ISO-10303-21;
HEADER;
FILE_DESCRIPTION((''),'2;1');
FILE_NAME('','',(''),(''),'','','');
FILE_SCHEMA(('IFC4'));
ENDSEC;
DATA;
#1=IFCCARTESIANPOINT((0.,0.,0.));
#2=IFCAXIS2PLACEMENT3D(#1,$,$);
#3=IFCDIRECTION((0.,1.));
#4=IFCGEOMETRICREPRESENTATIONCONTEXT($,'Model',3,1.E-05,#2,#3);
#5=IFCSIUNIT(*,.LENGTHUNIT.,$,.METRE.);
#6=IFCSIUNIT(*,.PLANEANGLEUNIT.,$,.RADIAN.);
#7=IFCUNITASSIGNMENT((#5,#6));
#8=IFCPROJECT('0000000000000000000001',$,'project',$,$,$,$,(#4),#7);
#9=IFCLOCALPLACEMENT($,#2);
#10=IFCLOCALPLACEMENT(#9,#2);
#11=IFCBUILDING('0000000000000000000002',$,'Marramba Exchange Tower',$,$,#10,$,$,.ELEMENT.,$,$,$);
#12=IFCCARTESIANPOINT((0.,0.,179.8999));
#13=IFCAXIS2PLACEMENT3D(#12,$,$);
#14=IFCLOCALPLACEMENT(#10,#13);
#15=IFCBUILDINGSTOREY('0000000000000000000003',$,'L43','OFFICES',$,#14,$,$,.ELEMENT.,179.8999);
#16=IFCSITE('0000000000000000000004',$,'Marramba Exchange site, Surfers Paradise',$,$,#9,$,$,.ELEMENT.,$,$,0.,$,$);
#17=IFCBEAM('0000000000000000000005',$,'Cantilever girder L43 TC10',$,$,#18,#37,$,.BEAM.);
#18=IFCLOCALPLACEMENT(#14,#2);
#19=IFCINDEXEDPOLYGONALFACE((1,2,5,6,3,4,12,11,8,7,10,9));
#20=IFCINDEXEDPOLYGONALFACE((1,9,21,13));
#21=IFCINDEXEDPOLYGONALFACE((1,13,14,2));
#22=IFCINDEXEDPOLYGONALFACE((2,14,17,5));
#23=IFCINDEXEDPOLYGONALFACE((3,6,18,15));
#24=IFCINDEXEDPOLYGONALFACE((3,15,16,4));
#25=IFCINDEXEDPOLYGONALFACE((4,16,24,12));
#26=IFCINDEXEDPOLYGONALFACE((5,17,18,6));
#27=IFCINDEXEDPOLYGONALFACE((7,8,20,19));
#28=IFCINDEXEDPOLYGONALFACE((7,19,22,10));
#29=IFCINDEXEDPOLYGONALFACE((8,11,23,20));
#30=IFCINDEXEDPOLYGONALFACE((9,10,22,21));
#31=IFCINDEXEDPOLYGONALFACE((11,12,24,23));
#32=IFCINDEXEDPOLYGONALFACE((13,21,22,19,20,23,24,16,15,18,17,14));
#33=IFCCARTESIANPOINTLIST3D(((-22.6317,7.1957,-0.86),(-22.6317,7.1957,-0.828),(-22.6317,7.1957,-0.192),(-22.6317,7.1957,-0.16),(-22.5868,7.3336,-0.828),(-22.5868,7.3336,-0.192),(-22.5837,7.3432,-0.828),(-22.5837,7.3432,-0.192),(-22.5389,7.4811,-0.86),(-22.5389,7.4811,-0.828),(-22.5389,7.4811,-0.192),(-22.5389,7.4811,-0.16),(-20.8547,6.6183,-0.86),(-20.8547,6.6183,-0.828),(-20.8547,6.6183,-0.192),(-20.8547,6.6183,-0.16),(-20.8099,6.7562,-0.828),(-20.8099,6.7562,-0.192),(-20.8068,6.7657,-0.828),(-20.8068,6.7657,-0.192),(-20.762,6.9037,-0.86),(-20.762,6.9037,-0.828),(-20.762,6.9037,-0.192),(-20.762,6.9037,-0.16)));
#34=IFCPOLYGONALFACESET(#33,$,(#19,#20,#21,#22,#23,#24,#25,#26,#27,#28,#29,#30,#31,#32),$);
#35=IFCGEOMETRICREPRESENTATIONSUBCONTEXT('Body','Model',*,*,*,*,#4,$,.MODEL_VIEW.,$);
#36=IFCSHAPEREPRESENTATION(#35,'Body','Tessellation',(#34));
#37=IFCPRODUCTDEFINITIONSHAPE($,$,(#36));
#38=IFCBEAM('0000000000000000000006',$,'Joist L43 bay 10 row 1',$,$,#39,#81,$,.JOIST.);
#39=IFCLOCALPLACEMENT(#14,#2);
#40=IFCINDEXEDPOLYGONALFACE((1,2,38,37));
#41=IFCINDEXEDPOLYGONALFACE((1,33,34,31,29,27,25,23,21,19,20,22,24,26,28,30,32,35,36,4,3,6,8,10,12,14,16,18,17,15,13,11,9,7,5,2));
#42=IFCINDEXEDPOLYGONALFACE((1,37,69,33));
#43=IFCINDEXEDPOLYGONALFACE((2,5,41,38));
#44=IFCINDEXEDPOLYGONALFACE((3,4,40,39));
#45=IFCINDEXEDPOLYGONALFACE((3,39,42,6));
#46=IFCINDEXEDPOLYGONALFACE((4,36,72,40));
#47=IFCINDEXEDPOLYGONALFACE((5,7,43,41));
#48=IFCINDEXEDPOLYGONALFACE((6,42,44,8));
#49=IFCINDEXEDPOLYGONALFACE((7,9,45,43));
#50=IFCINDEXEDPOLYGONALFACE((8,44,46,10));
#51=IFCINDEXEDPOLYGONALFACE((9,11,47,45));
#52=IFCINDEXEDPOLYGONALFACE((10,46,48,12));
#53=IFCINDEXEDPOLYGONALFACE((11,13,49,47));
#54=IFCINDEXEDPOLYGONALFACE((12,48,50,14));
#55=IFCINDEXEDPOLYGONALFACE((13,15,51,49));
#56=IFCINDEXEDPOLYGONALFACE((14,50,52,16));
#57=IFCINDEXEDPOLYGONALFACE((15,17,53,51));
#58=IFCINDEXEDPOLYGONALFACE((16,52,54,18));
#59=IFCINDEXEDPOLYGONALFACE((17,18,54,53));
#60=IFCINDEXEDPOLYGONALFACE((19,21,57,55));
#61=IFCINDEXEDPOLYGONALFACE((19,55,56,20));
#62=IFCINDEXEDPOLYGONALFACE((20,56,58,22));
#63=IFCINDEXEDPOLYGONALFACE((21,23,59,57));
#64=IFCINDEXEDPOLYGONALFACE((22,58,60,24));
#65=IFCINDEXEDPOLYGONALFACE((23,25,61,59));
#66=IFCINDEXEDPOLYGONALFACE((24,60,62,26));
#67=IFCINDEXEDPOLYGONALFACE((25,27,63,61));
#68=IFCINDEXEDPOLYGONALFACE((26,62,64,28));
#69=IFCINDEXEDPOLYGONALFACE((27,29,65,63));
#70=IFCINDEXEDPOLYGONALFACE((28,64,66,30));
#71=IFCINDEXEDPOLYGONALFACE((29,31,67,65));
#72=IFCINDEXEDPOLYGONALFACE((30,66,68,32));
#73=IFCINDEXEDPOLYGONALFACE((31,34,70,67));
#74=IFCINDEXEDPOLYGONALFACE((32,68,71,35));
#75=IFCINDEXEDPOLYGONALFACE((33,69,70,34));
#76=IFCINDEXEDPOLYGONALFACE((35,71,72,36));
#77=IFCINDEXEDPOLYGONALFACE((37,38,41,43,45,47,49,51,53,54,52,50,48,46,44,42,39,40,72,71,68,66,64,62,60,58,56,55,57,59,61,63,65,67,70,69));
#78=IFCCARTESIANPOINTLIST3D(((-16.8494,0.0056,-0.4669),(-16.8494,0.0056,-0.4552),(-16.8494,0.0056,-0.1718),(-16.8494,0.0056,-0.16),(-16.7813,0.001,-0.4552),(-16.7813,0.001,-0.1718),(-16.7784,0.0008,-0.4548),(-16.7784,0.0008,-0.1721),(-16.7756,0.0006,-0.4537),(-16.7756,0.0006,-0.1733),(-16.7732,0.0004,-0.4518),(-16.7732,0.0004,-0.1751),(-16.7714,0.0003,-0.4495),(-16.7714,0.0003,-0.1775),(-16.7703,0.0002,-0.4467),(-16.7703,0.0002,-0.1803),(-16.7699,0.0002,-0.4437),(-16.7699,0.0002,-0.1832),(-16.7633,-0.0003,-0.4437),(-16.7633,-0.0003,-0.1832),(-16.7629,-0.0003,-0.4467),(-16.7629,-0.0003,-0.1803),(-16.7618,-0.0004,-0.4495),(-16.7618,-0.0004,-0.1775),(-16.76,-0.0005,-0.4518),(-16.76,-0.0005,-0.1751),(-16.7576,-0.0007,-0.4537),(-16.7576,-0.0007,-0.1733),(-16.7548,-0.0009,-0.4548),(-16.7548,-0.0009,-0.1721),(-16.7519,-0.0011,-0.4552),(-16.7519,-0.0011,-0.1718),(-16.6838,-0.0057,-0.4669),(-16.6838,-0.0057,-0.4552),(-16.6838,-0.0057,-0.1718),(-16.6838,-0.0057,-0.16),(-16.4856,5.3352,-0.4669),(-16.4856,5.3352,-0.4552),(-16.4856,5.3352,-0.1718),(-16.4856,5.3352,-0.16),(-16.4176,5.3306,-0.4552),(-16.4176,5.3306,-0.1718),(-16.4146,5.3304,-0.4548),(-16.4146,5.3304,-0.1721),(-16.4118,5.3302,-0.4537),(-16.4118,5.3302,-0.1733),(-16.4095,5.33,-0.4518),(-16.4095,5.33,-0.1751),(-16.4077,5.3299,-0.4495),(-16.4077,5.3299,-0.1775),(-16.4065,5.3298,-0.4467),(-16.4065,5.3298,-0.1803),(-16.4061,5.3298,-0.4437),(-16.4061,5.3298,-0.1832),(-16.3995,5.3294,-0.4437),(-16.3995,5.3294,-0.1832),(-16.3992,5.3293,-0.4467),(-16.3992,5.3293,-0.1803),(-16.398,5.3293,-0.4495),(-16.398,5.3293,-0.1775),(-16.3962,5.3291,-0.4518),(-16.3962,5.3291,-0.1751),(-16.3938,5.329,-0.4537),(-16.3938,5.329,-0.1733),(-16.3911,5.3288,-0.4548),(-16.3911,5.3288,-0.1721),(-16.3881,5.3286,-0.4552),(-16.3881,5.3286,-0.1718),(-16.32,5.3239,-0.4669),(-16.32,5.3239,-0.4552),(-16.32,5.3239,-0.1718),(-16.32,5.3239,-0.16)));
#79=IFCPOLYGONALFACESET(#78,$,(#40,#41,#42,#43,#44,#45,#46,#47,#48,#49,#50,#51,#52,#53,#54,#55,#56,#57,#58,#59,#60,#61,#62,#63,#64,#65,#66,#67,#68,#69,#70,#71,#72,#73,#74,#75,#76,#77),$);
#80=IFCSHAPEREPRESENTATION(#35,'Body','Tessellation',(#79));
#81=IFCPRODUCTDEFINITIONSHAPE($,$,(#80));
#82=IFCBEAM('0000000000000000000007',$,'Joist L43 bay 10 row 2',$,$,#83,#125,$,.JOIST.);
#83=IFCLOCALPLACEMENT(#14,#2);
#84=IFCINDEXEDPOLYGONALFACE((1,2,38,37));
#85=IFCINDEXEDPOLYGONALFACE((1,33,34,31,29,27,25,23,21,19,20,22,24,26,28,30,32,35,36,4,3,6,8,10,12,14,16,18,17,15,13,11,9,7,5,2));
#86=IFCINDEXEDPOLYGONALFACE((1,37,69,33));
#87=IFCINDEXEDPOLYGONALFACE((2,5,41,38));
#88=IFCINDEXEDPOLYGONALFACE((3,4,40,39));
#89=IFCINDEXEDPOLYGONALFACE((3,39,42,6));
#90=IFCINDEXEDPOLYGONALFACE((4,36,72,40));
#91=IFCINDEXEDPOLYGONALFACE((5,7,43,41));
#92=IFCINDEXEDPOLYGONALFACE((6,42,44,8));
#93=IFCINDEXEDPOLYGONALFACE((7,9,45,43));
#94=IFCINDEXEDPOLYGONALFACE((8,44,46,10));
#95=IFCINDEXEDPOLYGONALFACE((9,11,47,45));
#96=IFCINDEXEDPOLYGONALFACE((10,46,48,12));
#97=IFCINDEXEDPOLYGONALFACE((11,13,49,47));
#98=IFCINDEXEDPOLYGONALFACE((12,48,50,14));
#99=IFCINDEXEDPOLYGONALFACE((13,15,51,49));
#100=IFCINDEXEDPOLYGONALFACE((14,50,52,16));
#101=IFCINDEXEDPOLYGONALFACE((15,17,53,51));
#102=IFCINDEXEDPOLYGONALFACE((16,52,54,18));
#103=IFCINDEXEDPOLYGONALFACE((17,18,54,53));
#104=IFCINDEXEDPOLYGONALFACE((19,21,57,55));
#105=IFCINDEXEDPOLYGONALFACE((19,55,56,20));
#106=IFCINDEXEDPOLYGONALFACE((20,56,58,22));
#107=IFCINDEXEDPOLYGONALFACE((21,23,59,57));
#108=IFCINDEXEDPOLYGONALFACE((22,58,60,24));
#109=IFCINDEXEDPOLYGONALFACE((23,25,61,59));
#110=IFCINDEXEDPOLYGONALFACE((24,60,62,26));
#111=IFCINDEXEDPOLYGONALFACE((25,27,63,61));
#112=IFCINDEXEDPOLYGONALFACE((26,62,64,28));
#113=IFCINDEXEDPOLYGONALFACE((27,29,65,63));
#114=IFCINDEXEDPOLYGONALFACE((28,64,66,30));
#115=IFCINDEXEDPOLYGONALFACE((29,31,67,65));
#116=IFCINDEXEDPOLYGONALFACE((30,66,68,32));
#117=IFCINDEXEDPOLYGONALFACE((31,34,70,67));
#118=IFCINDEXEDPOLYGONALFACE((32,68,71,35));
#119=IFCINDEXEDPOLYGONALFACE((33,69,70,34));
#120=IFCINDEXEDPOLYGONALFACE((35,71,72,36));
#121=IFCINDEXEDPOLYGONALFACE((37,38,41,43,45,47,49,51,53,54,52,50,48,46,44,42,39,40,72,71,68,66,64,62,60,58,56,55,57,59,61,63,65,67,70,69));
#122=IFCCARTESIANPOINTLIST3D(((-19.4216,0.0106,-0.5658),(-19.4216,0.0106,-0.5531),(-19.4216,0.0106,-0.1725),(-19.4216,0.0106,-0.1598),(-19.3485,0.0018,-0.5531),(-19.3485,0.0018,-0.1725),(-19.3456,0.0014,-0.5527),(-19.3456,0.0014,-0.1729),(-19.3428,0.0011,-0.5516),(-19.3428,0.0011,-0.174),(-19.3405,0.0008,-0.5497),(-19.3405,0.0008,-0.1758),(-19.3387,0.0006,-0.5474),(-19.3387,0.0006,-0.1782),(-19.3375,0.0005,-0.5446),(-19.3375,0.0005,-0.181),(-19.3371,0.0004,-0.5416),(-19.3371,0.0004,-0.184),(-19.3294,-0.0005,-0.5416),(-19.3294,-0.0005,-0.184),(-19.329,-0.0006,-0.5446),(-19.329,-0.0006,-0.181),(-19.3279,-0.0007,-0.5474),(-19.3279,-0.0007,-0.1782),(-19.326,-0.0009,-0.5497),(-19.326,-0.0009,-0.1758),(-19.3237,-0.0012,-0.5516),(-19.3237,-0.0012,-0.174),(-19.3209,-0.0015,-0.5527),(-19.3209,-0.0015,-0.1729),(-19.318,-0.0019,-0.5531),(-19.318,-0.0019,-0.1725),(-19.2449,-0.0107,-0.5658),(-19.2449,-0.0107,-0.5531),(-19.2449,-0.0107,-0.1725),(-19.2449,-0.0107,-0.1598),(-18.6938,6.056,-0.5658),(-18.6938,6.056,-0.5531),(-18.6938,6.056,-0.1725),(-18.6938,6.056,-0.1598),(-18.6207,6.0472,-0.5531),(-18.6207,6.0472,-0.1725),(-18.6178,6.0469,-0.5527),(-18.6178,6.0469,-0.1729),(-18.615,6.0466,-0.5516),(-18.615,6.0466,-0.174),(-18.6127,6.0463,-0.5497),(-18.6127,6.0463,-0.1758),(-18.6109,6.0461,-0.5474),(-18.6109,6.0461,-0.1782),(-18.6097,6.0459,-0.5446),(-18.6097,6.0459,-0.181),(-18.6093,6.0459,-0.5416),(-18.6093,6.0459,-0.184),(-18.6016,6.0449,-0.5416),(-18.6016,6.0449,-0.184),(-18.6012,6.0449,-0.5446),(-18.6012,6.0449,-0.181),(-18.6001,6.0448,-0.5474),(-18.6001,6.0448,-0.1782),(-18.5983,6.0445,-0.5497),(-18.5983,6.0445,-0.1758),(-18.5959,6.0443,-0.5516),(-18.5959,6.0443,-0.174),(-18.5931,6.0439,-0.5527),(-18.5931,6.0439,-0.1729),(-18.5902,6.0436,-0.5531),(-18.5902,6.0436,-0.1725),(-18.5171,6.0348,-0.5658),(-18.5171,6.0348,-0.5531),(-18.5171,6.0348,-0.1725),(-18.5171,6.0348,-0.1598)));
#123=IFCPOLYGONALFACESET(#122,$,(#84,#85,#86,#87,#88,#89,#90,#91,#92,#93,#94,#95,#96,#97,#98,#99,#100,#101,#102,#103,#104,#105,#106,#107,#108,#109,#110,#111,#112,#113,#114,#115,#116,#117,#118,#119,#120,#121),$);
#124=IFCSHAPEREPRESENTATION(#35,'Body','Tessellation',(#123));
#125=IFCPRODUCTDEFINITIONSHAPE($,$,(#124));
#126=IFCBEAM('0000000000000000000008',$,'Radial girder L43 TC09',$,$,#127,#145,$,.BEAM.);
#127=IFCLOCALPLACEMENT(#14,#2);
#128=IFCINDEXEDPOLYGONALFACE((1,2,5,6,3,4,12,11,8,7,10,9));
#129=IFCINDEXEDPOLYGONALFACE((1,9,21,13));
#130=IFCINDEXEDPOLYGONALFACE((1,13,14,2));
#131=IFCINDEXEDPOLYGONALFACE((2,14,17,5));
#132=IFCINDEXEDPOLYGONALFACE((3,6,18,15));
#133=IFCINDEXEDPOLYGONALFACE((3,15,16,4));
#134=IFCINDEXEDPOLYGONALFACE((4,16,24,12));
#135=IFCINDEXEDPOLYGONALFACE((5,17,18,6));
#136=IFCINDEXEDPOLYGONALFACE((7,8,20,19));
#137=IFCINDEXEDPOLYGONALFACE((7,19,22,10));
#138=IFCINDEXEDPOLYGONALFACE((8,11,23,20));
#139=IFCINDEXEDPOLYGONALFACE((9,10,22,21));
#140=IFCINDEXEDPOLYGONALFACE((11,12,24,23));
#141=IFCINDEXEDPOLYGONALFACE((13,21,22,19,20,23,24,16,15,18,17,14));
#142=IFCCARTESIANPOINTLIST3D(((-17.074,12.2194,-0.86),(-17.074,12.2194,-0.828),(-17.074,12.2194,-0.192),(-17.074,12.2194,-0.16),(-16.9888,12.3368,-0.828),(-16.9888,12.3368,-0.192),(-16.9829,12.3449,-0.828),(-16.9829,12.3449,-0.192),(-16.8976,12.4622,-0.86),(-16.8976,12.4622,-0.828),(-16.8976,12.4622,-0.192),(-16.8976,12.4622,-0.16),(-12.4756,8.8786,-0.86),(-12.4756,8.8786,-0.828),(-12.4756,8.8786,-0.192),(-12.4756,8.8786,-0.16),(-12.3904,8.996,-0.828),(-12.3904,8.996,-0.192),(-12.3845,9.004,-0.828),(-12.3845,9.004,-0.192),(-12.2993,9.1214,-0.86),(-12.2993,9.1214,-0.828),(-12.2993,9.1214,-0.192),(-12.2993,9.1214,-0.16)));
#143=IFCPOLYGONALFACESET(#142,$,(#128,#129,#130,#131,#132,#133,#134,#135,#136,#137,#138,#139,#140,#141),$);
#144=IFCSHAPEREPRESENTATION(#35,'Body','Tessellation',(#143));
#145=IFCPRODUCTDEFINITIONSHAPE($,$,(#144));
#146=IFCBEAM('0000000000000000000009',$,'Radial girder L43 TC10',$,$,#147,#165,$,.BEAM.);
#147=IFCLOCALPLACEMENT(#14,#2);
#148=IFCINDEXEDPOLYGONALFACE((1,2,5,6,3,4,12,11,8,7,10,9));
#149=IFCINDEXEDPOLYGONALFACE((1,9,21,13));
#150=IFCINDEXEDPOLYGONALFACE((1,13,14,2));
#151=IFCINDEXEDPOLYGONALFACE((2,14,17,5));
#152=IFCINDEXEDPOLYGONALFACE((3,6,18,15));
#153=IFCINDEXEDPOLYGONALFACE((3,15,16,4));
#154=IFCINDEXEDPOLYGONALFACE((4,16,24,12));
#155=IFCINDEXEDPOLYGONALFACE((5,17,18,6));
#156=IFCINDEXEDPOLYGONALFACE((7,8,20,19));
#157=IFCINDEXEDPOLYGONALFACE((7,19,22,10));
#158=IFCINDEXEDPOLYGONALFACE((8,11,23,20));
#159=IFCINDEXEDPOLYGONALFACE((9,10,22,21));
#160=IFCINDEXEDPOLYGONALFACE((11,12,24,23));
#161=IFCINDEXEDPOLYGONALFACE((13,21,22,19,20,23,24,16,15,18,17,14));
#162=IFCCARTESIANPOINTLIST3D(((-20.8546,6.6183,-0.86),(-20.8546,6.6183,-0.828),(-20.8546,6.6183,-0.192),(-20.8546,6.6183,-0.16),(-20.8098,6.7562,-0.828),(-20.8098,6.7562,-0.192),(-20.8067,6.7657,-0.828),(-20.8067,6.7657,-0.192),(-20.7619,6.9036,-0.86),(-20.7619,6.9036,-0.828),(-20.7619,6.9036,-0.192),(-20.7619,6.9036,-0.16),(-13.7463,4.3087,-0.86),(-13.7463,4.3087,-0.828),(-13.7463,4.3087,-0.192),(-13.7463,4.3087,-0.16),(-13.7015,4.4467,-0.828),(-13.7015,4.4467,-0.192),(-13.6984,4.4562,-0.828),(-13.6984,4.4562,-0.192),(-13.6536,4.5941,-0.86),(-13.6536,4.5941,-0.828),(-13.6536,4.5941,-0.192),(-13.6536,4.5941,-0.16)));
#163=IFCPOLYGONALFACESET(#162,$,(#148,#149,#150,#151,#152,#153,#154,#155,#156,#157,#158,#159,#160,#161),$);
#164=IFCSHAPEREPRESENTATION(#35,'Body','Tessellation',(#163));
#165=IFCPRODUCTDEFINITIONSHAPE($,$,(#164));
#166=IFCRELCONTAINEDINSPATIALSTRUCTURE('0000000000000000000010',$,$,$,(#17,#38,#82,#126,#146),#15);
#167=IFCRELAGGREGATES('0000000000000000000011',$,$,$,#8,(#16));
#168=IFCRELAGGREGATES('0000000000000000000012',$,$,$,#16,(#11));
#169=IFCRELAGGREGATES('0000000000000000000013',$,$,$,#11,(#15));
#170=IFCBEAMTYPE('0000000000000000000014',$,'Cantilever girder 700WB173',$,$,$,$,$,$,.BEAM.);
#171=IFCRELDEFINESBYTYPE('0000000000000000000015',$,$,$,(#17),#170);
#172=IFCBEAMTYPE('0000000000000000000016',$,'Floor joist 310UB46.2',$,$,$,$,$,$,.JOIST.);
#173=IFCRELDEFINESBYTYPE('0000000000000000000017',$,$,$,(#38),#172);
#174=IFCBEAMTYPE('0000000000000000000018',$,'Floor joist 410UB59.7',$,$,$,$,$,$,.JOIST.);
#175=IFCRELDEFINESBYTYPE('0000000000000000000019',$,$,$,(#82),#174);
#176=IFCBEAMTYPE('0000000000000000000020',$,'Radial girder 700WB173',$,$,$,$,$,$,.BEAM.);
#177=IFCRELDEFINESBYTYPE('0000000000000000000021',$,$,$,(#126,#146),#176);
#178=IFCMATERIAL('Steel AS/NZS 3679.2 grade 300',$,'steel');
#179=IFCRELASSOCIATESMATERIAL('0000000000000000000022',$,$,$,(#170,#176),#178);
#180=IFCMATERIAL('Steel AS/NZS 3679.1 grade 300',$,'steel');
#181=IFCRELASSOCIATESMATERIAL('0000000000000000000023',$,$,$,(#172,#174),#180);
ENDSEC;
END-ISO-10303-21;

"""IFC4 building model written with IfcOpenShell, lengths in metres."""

from ifc_helpers import new_model, si_unit, direction, frame, origin, origin_2d, place, context, subcontext, project, spatial, i_section, extrude, material, material_profile, profile_set, type_object, element, save


model = new_model("IFC4")

# Units and contexts
model_context = context("Model", 3, precision=1e-05, world=origin(), true_north=direction((0.0, 1.0)))
body_context = subcontext(model_context, "Body", "Model", "MODEL_VIEW")
ifc_project = project(units=[si_unit("LENGTHUNIT", "METRE"), si_unit("PLANEANGLEUNIT", "RADIAN")], contexts=[model_context])

# Site, building, storey
site_placement = place(None, origin())
site = spatial("IfcSite", under=ifc_project, at=site_placement, Name="Marramba Exchange site, Surfers Paradise", CompositionType="ELEMENT", RefElevation=0.0)
building_placement = place(site_placement, origin())
building = spatial("IfcBuilding", under=site, at=building_placement, Name="Marramba Exchange Tower", CompositionType="ELEMENT")
storey_placement = place(building_placement, frame((0.0, 0.0, 179.8999)))
storey = spatial("IfcBuildingStorey", under=building, at=storey_placement, Name="L43", Description="OFFICES", CompositionType="ELEMENT", Elevation=179.8999)

# Beams
ifc_material_1 = material(Name="Steel AS/NZS 3679.2 grade 300", Category="steel")
ifc_material_profile_1 = material_profile(ifc_material_1, i_section(OverallWidth=0.3, OverallDepth=0.7, WebThickness=0.01, FlangeThickness=0.032, at=origin_2d()), Name="700WB173")
ifc_profile_set_1 = profile_set([ifc_material_profile_1], Name="Steel AS/NZS 3679.2 grade 300")
beam_type_1 = type_object("IfcBeamType", Name="Cantilever girder 700WB173", PredefinedType="BEAM", material=ifc_profile_set_1)
beam_1_placement = place(storey_placement, frame((-20.8083, 6.761, -0.51), z_axis=(-0.951048, 0.309045, 0.0), x_axis=(-0.309045, -0.951048, 0.0)))
element("IfcBeam", 1, at=beam_1_placement, inside=storey, type_object=beam_type_1, Name="Cantilever girder L43 TC10", PredefinedType="BEAM", context=body_context, shape_type="SweptSolid", body=[
    extrude(i_section(OverallWidth=0.3, OverallDepth=0.7, WebThickness=0.01, FlangeThickness=0.032, at=origin_2d()), origin(), (0.0, 0.0, 1.0), 1.8684),
])
ifc_material_2 = material(Name="Steel AS/NZS 3679.1 grade 300", Category="steel")
ifc_material_profile_2 = material_profile(ifc_material_2, i_section(OverallWidth=0.166, OverallDepth=0.3069, WebThickness=0.0066, FlangeThickness=0.0117, FilletRadius=0.0115, at=origin_2d()), Name="310UB46.2")
ifc_profile_set_2 = profile_set([ifc_material_profile_2], Name="Steel AS/NZS 3679.1 grade 300")
beam_type_2 = type_object("IfcBeamType", Name="Floor joist 310UB46.2", PredefinedType="JOIST", material=ifc_profile_set_2)
beam_2_placement = place(storey_placement, frame((-16.4028, 5.3296, -0.3135), z_axis=(-0.068096, -0.997679, 0.0), x_axis=(0.997679, -0.068096, 0.0)))
element("IfcBeam", 2, at=beam_2_placement, inside=storey, type_object=beam_type_2, Name="Joist L43 bay 10 row 1", PredefinedType="JOIST", context=body_context, shape_type="SweptSolid", body=[
    extrude(i_section(OverallWidth=0.166, OverallDepth=0.3069, WebThickness=0.0066, FlangeThickness=0.0117, FilletRadius=0.0115, at=origin_2d()), origin(), (0.0, 0.0, 1.0), 5.342),
])
ifc_material_profile_3 = material_profile(ifc_material_2, i_section(OverallWidth=0.178, OverallDepth=0.406, WebThickness=0.0078, FlangeThickness=0.0127, FilletRadius=0.0115, at=origin_2d()), Name="410UB59.7")
ifc_profile_set_3 = profile_set([ifc_material_profile_3], Name="Steel AS/NZS 3679.1 grade 300")
beam_type_3 = type_object("IfcBeamType", Name="Floor joist 410UB59.7", PredefinedType="JOIST", material=ifc_profile_set_3)
beam_3_placement = place(storey_placement, frame((-18.6055, 6.0454, -0.3628), z_axis=(-0.119523, -0.992831, 0.0), x_axis=(0.992831, -0.119523, 0.0)))
element("IfcBeam", 3, at=beam_3_placement, inside=storey, type_object=beam_type_3, Name="Joist L43 bay 10 row 2", PredefinedType="JOIST", context=body_context, shape_type="SweptSolid", body=[
    extrude(i_section(OverallWidth=0.178, OverallDepth=0.406, WebThickness=0.0078, FlangeThickness=0.0127, FilletRadius=0.0115, at=origin_2d()), origin(), (0.0, 0.0, 1.0), 6.0891),
])
ifc_material_profile_4 = material_profile(ifc_material_1, i_section(OverallWidth=0.3, OverallDepth=0.7, WebThickness=0.01, FlangeThickness=0.032, at=origin_2d()), Name="700WB173")
ifc_profile_set_4 = profile_set([ifc_material_profile_4], Name="Steel AS/NZS 3679.2 grade 300")
beam_type_4 = type_object("IfcBeamType", Name="Radial girder 700WB173", PredefinedType="BEAM", material=ifc_profile_set_4)
beam_4_placement = place(storey_placement, frame((-12.3875, 9.0, -0.51), z_axis=(-0.809026, 0.587773, 0.0), x_axis=(-0.587773, -0.809026, 0.0)))
element("IfcBeam", 4, at=beam_4_placement, inside=storey, type_object=beam_type_4, Name="Radial girder L43 TC09", PredefinedType="BEAM", context=body_context, shape_type="SweptSolid", body=[
    extrude(i_section(OverallWidth=0.3, OverallDepth=0.7, WebThickness=0.01, FlangeThickness=0.032, at=origin_2d()), origin(), (0.0, 0.0, 1.0), 5.6838),
])
beam_5_placement = place(storey_placement, frame((-13.7, 4.4514, -0.51), z_axis=(-0.95106, 0.309006, 0.0), x_axis=(-0.309006, -0.95106, 0.0)))
element("IfcBeam", 5, at=beam_5_placement, inside=storey, type_object=beam_type_4, Name="Radial girder L43 TC10", PredefinedType="BEAM", context=body_context, shape_type="SweptSolid", body=[
    extrude(i_section(OverallWidth=0.3, OverallDepth=0.7, WebThickness=0.01, FlangeThickness=0.032, at=origin_2d()), origin(), (0.0, 0.0, 1.0), 7.4741),
])

save(model, "model.ifc")
